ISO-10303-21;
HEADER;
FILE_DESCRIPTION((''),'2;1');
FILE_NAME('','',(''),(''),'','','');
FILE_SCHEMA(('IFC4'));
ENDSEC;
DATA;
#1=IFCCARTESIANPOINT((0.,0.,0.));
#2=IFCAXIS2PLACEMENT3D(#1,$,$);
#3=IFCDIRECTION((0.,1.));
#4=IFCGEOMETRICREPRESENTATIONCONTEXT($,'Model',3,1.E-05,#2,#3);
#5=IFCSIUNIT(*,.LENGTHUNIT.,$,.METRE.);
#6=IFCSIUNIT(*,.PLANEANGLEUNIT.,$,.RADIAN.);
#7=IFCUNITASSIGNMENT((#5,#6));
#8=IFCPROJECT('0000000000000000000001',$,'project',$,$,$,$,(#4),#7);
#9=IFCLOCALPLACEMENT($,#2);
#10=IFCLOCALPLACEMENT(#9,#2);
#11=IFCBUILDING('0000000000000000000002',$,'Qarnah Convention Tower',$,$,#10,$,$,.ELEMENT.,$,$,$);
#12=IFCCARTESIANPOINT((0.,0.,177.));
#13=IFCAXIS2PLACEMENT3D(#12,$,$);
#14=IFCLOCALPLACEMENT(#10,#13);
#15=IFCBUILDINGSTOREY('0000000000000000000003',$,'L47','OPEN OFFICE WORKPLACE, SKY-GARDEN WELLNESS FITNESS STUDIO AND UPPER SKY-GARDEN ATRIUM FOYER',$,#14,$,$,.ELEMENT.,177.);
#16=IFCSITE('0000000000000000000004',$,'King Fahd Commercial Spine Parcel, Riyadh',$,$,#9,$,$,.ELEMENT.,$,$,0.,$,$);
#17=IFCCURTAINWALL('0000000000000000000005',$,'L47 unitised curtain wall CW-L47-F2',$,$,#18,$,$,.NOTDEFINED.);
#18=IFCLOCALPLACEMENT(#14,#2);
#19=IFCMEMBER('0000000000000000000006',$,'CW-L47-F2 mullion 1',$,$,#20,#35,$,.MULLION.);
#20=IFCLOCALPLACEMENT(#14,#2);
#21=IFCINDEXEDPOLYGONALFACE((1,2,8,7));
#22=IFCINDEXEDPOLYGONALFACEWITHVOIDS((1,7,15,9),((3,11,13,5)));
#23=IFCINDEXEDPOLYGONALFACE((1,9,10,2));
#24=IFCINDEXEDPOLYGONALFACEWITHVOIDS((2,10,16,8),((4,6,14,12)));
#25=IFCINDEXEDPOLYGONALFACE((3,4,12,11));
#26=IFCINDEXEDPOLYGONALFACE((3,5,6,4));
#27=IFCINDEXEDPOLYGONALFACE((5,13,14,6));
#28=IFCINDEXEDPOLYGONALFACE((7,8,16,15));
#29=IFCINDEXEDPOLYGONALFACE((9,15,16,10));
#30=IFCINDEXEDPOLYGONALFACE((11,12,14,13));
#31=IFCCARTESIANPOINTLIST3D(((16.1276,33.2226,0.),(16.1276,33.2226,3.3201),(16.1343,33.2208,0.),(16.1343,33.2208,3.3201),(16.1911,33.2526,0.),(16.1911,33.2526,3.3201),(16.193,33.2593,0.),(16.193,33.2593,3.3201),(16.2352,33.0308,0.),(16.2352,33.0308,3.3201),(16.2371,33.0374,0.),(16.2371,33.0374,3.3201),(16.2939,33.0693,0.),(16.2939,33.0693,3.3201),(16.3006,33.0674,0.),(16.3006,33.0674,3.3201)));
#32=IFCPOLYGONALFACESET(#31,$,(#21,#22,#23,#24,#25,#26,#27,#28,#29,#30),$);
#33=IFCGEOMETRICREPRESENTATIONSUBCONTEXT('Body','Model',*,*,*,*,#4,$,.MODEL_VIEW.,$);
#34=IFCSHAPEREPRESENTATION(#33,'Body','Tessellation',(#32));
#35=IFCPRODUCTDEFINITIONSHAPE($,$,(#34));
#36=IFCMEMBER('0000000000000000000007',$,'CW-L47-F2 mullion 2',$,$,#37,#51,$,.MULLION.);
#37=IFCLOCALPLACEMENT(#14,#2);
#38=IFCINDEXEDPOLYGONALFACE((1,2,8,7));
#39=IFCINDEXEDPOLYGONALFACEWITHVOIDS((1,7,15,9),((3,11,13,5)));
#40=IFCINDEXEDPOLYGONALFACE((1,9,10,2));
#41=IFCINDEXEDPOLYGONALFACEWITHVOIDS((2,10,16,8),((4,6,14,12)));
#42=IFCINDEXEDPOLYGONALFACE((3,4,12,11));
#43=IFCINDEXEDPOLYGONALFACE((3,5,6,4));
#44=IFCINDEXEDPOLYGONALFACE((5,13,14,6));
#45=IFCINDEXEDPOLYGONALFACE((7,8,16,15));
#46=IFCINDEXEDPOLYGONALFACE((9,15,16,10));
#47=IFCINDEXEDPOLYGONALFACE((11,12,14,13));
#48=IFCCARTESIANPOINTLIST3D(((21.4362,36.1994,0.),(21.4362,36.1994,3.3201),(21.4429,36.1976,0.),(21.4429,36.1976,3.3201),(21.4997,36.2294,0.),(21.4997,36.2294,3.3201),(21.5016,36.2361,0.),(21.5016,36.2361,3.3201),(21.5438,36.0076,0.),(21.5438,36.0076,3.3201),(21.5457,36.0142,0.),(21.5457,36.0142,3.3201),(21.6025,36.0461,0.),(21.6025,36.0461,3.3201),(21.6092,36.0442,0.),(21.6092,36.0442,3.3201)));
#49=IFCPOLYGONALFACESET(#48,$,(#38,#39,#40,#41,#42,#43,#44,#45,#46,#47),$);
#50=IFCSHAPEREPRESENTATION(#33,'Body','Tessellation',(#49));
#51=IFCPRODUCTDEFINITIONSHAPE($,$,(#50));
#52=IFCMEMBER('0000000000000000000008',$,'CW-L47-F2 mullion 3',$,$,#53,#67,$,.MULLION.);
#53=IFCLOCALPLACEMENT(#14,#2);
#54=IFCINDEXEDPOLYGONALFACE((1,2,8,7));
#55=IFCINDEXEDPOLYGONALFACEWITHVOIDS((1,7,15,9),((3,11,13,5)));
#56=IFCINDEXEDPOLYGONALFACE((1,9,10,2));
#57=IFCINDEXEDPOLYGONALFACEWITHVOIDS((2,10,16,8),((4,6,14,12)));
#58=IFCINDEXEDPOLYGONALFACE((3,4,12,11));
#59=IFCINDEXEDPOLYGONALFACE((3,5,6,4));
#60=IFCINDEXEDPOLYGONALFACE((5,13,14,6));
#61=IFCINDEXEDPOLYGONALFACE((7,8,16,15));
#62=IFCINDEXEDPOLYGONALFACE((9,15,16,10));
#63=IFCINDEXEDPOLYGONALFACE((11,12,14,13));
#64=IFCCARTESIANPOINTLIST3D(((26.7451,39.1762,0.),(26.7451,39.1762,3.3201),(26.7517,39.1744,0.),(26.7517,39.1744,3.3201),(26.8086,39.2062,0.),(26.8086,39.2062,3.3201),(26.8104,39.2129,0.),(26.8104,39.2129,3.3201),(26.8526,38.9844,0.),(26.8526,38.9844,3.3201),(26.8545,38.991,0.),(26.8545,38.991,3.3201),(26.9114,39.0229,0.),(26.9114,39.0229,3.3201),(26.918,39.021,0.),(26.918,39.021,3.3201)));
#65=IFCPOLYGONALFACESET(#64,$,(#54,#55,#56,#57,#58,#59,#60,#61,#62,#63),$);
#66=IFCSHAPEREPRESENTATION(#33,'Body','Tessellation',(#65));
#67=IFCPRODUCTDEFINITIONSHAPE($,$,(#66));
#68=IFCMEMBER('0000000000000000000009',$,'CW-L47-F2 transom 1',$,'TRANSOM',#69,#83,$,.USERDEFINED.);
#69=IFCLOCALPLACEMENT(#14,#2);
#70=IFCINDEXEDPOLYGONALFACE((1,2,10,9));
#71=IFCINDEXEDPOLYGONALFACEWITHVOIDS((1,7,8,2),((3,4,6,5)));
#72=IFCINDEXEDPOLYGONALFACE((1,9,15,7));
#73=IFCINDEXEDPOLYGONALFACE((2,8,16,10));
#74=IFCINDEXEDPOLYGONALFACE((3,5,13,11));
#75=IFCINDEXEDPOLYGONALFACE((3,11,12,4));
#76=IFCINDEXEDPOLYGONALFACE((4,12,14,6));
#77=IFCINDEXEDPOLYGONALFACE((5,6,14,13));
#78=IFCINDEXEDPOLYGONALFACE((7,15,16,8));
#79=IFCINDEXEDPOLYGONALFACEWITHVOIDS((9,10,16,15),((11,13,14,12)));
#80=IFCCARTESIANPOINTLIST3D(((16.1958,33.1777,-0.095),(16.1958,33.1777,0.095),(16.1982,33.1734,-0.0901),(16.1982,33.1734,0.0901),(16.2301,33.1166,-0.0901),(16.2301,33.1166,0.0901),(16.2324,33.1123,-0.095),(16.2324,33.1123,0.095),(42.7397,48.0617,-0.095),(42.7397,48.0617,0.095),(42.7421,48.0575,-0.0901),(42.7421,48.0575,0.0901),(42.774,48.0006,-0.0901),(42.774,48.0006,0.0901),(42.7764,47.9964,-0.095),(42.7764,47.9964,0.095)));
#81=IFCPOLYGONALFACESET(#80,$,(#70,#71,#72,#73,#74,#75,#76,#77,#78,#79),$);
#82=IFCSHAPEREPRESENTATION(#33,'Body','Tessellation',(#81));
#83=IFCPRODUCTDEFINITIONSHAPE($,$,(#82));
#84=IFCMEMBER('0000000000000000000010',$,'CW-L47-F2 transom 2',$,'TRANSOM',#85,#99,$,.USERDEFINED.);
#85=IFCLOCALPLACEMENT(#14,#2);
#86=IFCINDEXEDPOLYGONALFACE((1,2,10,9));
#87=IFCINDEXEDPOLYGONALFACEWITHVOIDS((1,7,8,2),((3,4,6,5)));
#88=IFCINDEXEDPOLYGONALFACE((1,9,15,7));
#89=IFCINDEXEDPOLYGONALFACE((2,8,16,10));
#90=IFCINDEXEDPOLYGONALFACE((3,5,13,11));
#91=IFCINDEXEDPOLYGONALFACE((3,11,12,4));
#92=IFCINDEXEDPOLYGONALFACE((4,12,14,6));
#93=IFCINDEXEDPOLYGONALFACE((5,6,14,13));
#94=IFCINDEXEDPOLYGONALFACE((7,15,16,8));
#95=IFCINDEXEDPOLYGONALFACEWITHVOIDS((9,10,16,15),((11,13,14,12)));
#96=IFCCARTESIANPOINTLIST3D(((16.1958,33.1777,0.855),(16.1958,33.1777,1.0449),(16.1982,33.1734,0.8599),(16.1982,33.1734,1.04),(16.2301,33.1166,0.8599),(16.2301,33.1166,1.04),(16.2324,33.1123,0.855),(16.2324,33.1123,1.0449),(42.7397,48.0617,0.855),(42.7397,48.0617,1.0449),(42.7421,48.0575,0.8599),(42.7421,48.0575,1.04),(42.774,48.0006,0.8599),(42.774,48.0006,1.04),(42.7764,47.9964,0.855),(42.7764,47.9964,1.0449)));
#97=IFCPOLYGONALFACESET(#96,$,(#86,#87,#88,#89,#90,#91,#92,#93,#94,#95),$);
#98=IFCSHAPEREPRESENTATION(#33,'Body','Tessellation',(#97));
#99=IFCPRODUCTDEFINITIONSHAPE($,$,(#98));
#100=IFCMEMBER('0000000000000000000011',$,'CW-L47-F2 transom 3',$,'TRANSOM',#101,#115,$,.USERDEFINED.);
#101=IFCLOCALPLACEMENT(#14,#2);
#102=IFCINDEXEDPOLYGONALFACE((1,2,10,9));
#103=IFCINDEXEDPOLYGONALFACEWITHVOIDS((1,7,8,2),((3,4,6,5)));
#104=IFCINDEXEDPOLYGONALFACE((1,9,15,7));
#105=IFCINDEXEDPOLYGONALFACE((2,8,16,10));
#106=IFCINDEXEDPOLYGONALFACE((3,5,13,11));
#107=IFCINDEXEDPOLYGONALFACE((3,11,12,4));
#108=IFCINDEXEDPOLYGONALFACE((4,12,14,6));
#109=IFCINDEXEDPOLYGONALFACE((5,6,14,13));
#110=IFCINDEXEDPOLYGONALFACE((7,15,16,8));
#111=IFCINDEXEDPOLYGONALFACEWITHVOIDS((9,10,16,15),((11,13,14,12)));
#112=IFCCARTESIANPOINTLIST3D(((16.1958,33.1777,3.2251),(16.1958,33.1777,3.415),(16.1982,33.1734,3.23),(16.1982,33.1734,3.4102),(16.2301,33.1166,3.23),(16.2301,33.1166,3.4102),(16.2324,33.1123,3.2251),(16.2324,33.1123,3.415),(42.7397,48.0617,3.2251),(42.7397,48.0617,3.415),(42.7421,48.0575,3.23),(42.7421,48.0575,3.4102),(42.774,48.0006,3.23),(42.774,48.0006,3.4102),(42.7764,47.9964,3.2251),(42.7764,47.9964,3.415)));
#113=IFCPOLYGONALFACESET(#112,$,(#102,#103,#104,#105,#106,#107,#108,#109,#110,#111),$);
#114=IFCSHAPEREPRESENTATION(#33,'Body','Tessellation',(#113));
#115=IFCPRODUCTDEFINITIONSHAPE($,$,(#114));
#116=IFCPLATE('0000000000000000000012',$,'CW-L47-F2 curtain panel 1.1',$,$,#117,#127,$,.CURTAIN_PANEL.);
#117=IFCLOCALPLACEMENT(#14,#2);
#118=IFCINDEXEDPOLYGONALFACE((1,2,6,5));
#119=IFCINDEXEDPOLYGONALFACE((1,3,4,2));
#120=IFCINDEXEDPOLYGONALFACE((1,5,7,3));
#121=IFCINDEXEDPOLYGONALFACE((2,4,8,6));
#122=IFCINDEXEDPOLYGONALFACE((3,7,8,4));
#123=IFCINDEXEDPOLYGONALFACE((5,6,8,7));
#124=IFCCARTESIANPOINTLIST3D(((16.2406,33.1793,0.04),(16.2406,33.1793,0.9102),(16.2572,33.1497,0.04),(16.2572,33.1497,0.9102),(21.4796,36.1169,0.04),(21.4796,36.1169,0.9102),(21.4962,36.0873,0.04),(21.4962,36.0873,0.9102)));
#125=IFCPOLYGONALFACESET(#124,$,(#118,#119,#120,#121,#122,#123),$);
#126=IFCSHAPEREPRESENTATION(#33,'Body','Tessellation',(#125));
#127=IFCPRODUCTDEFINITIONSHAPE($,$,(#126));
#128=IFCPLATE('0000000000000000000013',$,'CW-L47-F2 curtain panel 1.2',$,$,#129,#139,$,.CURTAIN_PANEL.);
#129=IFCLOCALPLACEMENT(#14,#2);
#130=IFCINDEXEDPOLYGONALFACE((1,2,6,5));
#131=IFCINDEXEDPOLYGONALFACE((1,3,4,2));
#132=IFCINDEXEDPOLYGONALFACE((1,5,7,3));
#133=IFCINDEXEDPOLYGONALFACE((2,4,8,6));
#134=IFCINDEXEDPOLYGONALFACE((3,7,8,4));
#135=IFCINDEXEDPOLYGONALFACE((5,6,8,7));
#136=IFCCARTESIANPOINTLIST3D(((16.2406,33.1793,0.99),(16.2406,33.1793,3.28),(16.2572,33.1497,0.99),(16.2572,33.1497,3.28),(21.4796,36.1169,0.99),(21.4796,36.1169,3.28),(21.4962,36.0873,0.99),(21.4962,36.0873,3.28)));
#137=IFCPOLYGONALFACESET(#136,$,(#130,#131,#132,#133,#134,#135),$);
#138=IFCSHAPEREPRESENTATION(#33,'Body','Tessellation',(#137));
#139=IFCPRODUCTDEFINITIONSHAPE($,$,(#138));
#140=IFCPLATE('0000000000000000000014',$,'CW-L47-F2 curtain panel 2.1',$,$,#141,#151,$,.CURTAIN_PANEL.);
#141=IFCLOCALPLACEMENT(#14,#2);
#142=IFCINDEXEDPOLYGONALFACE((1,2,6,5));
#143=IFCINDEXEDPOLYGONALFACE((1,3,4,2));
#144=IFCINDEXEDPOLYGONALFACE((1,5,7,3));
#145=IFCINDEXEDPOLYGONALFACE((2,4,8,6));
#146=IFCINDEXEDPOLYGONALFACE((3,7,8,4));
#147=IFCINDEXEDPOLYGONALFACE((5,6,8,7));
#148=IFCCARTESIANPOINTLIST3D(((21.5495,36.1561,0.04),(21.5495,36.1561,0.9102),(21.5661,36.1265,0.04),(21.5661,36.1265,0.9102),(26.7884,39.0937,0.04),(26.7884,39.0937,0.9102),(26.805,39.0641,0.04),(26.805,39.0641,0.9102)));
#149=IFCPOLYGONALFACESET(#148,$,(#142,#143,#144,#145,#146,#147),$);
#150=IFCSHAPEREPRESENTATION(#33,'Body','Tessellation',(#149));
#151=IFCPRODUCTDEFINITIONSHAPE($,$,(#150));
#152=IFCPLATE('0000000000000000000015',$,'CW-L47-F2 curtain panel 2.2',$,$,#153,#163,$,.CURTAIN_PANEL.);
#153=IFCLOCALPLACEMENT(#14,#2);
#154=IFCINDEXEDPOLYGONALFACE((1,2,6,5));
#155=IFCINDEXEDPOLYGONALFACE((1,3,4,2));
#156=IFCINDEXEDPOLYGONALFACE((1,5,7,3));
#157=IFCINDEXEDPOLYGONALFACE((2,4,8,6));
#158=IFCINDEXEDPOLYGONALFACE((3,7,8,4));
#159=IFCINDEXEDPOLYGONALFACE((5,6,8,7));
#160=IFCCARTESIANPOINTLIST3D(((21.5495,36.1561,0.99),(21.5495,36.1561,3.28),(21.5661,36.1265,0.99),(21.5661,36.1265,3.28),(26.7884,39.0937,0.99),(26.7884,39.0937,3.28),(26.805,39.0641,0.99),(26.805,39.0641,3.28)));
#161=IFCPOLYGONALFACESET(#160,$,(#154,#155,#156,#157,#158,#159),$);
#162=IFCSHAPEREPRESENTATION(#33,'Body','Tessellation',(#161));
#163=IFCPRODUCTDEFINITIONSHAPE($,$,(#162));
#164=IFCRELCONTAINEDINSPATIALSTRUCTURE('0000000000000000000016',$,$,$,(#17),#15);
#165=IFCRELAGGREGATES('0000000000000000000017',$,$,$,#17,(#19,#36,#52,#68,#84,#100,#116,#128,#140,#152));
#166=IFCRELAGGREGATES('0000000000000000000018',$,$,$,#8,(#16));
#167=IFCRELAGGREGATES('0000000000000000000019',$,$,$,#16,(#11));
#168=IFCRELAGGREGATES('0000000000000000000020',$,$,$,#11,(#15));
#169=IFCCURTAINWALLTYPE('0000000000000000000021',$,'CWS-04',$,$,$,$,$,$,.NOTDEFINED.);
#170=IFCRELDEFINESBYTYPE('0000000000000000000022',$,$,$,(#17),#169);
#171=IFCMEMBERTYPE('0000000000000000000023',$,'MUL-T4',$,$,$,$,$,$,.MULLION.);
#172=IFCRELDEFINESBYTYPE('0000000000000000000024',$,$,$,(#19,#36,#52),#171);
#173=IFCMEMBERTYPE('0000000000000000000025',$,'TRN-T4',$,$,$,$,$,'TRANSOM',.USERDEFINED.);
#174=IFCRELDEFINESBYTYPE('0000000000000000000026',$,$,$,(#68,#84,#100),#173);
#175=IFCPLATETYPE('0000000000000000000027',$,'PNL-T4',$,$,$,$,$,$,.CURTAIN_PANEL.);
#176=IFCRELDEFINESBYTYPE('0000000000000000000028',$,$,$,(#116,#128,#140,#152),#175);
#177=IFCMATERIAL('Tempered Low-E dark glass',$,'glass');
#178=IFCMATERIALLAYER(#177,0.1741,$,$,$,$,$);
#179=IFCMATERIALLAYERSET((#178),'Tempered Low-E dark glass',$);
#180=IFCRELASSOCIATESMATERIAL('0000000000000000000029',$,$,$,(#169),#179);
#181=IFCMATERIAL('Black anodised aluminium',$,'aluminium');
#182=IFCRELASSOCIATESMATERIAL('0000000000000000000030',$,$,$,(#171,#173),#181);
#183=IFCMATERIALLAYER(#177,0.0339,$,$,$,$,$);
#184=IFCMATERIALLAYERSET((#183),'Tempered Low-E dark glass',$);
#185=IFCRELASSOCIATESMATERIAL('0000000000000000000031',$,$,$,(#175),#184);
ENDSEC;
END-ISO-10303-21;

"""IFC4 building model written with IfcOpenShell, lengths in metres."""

from ifc_helpers import new_model, si_unit, direction, frame, origin, origin_2d, place, context, subcontext, project, spatial, rectangle, hollow_rectangle, extrude, material, layer, layer_set, material_profile, profile_set, type_object, element, aggregate, save


model = new_model("IFC4")

# Units and contexts
model_context = context("Model", 3, precision=1e-05, world=origin(), true_north=direction((0.0, 1.0)))
body_context = subcontext(model_context, "Body", "Model", "MODEL_VIEW")
ifc_project = project(units=[si_unit("LENGTHUNIT", "METRE"), si_unit("PLANEANGLEUNIT", "RADIAN")], contexts=[model_context])

# Site, building, storey
site_placement = place(None, origin())
site = spatial("IfcSite", under=ifc_project, at=site_placement, Name="King Fahd Commercial Spine Parcel, Riyadh", CompositionType="ELEMENT", RefElevation=0.0)
building_placement = place(site_placement, origin())
building = spatial("IfcBuilding", under=site, at=building_placement, Name="Qarnah Convention Tower", CompositionType="ELEMENT")
storey_placement = place(building_placement, frame((0.0, 0.0, 177.0)))
storey = spatial("IfcBuildingStorey", under=building, at=storey_placement, Name="L47", Description="OPEN OFFICE WORKPLACE, SKY-GARDEN WELLNESS FITNESS STUDIO AND UPPER SKY-GARDEN ATRIUM FOYER", CompositionType="ELEMENT", Elevation=177.0)

# Curtain wall, members, plates
ifc_material_1 = material(Name="Tempered Low-E dark glass", Category="glass")
ifc_layer_1 = layer(ifc_material_1, 0.1741)
ifc_layer_set_1 = layer_set([ifc_layer_1], Name="Tempered Low-E dark glass")
curtain_wall_type = type_object("IfcCurtainWallType", Name="CWS-04", PredefinedType="NOTDEFINED", material=ifc_layer_set_1)
curtain_wall_placement = place(storey_placement, origin())
curtain_wall = element("IfcCurtainWall", 1, at=curtain_wall_placement, inside=storey, type_object=curtain_wall_type, Name="L47 unitised curtain wall CW-L47-F2", PredefinedType="NOTDEFINED")
ifc_material_2 = material(Name="Black anodised aluminium", Category="aluminium")
ifc_material_profile_1 = material_profile(ifc_material_2, hollow_rectangle(XDim=0.075, YDim=0.22, WallThickness=0.0049, at=origin_2d()), Name="MUL-75X220")
ifc_profile_set_1 = profile_set([ifc_material_profile_1], Name="Black anodised aluminium")
member_type_1 = type_object("IfcMemberType", Name="MUL-T4", PredefinedType="MULLION", material=ifc_profile_set_1)
member_1_placement = place(storey_placement, frame((16.2141, 33.145, 0.0), z_axis=(0.0, 0.0, 1.0), x_axis=(0.872235, 0.489088, 0.0)))
member_1 = element("IfcMember", 2, at=member_1_placement, type_object=member_type_1, Name="CW-L47-F2 mullion 1", PredefinedType="MULLION", context=body_context, shape_type="SweptSolid", body=[
    extrude(hollow_rectangle(XDim=0.075, YDim=0.22, WallThickness=0.0049, at=origin_2d()), origin(), (0.0, 0.0, 1.0), 3.3201),
])
member_2_placement = place(storey_placement, frame((21.5227, 36.1218, 0.0), z_axis=(0.0, 0.0, 1.0), x_axis=(0.872235, 0.489088, 0.0)))
member_2 = element("IfcMember", 3, at=member_2_placement, type_object=member_type_1, Name="CW-L47-F2 mullion 2", PredefinedType="MULLION", context=body_context, shape_type="SweptSolid", body=[
    extrude(hollow_rectangle(XDim=0.075, YDim=0.22, WallThickness=0.0049, at=origin_2d()), origin(), (0.0, 0.0, 1.0), 3.3201),
])
member_3_placement = place(storey_placement, frame((26.8315, 39.0986, 0.0), z_axis=(0.0, 0.0, 1.0), x_axis=(0.872235, 0.489088, 0.0)))
member_3 = element("IfcMember", 4, at=member_3_placement, type_object=member_type_1, Name="CW-L47-F2 mullion 3", PredefinedType="MULLION", context=body_context, shape_type="SweptSolid", body=[
    extrude(hollow_rectangle(XDim=0.075, YDim=0.22, WallThickness=0.0049, at=origin_2d()), origin(), (0.0, 0.0, 1.0), 3.3201),
])
ifc_material_profile_2 = material_profile(ifc_material_2, hollow_rectangle(XDim=0.075, YDim=0.1899, WallThickness=0.0049, at=origin_2d()), Name="TRN-75X190")
ifc_profile_set_2 = profile_set([ifc_material_profile_2], Name="Black anodised aluminium")
member_type_2 = type_object("IfcMemberType", Name="TRN-T4", ElementType="TRANSOM", PredefinedType="USERDEFINED", material=ifc_profile_set_2)
member_4_placement = place(storey_placement, frame((16.2141, 33.145, 0.0), z_axis=(0.872234, 0.489089, 0.0), x_axis=(-0.489089, 0.872234, 0.0)))
member_4 = element("IfcMember", 5, at=member_4_placement, type_object=member_type_2, Name="CW-L47-F2 transom 1", ObjectType="TRANSOM", PredefinedType="USERDEFINED", context=body_context, shape_type="SweptSolid", body=[
    extrude(hollow_rectangle(XDim=0.075, YDim=0.1899, WallThickness=0.0049, at=origin_2d()), origin(), (0.0, 0.0, 1.0), 30.4321),
])
member_5_placement = place(storey_placement, frame((16.2141, 33.145, 0.95), z_axis=(0.872234, 0.489089, 0.0), x_axis=(-0.489089, 0.872234, 0.0)))
member_5 = element("IfcMember", 6, at=member_5_placement, type_object=member_type_2, Name="CW-L47-F2 transom 2", ObjectType="TRANSOM", PredefinedType="USERDEFINED", context=body_context, shape_type="SweptSolid", body=[
    extrude(hollow_rectangle(XDim=0.075, YDim=0.1899, WallThickness=0.0049, at=origin_2d()), origin(), (0.0, 0.0, 1.0), 30.4321),
])
member_6_placement = place(storey_placement, frame((16.2141, 33.145, 3.3201), z_axis=(0.872234, 0.489089, 0.0), x_axis=(-0.489089, 0.872234, 0.0)))
member_6 = element("IfcMember", 7, at=member_6_placement, type_object=member_type_2, Name="CW-L47-F2 transom 3", ObjectType="TRANSOM", PredefinedType="USERDEFINED", context=body_context, shape_type="SweptSolid", body=[
    extrude(hollow_rectangle(XDim=0.075, YDim=0.1899, WallThickness=0.0049, at=origin_2d()), origin(), (0.0, 0.0, 1.0), 30.4321),
])
ifc_layer_2 = layer(ifc_material_1, 0.0339)
ifc_layer_set_2 = layer_set([ifc_layer_2], Name="Tempered Low-E dark glass")
plate_type = type_object("IfcPlateType", Name="PNL-T4", PredefinedType="CURTAIN_PANEL", material=ifc_layer_set_2)
plate_1_placement = place(storey_placement, frame((18.8684, 34.6333, 0.04), z_axis=(0.0, 0.0, 1.0), x_axis=(0.872235, 0.489088, 0.0)))
plate_1 = element("IfcPlate", 8, at=plate_1_placement, type_object=plate_type, Name="CW-L47-F2 curtain panel 1.1", PredefinedType="CURTAIN_PANEL", context=body_context, shape_type="SweptSolid", body=[
    extrude(rectangle(XDim=6.0063, YDim=0.0339, at=origin_2d()), origin(), (0.0, 0.0, 1.0), 0.8701),
])
plate_2_placement = place(storey_placement, frame((18.8684, 34.6333, 0.99), z_axis=(0.0, 0.0, 1.0), x_axis=(0.872235, 0.489088, 0.0)))
plate_2 = element("IfcPlate", 9, at=plate_2_placement, type_object=plate_type, Name="CW-L47-F2 curtain panel 1.2", PredefinedType="CURTAIN_PANEL", context=body_context, shape_type="SweptSolid", body=[
    extrude(rectangle(XDim=6.0063, YDim=0.0339, at=origin_2d()), origin(), (0.0, 0.0, 1.0), 2.29),
])
plate_3_placement = place(storey_placement, frame((24.1772, 37.6101, 0.04), z_axis=(0.0, 0.0, 1.0), x_axis=(0.872235, 0.489088, 0.0)))
plate_3 = element("IfcPlate", 10, at=plate_3_placement, type_object=plate_type, Name="CW-L47-F2 curtain panel 2.1", PredefinedType="CURTAIN_PANEL", context=body_context, shape_type="SweptSolid", body=[
    extrude(rectangle(XDim=6.0063, YDim=0.0339, at=origin_2d()), origin(), (0.0, 0.0, 1.0), 0.8701),
])
plate_4_placement = place(storey_placement, frame((24.1772, 37.6101, 0.99), z_axis=(0.0, 0.0, 1.0), x_axis=(0.872235, 0.489088, 0.0)))
plate_4 = element("IfcPlate", 11, at=plate_4_placement, type_object=plate_type, Name="CW-L47-F2 curtain panel 2.2", PredefinedType="CURTAIN_PANEL", context=body_context, shape_type="SweptSolid", body=[
    extrude(rectangle(XDim=6.0063, YDim=0.0339, at=origin_2d()), origin(), (0.0, 0.0, 1.0), 2.29),
])
aggregate(curtain_wall, [member_1, member_2, member_3, member_4, member_5, member_6, plate_1, plate_2, plate_3, plate_4])

save(model, "model.ifc")
